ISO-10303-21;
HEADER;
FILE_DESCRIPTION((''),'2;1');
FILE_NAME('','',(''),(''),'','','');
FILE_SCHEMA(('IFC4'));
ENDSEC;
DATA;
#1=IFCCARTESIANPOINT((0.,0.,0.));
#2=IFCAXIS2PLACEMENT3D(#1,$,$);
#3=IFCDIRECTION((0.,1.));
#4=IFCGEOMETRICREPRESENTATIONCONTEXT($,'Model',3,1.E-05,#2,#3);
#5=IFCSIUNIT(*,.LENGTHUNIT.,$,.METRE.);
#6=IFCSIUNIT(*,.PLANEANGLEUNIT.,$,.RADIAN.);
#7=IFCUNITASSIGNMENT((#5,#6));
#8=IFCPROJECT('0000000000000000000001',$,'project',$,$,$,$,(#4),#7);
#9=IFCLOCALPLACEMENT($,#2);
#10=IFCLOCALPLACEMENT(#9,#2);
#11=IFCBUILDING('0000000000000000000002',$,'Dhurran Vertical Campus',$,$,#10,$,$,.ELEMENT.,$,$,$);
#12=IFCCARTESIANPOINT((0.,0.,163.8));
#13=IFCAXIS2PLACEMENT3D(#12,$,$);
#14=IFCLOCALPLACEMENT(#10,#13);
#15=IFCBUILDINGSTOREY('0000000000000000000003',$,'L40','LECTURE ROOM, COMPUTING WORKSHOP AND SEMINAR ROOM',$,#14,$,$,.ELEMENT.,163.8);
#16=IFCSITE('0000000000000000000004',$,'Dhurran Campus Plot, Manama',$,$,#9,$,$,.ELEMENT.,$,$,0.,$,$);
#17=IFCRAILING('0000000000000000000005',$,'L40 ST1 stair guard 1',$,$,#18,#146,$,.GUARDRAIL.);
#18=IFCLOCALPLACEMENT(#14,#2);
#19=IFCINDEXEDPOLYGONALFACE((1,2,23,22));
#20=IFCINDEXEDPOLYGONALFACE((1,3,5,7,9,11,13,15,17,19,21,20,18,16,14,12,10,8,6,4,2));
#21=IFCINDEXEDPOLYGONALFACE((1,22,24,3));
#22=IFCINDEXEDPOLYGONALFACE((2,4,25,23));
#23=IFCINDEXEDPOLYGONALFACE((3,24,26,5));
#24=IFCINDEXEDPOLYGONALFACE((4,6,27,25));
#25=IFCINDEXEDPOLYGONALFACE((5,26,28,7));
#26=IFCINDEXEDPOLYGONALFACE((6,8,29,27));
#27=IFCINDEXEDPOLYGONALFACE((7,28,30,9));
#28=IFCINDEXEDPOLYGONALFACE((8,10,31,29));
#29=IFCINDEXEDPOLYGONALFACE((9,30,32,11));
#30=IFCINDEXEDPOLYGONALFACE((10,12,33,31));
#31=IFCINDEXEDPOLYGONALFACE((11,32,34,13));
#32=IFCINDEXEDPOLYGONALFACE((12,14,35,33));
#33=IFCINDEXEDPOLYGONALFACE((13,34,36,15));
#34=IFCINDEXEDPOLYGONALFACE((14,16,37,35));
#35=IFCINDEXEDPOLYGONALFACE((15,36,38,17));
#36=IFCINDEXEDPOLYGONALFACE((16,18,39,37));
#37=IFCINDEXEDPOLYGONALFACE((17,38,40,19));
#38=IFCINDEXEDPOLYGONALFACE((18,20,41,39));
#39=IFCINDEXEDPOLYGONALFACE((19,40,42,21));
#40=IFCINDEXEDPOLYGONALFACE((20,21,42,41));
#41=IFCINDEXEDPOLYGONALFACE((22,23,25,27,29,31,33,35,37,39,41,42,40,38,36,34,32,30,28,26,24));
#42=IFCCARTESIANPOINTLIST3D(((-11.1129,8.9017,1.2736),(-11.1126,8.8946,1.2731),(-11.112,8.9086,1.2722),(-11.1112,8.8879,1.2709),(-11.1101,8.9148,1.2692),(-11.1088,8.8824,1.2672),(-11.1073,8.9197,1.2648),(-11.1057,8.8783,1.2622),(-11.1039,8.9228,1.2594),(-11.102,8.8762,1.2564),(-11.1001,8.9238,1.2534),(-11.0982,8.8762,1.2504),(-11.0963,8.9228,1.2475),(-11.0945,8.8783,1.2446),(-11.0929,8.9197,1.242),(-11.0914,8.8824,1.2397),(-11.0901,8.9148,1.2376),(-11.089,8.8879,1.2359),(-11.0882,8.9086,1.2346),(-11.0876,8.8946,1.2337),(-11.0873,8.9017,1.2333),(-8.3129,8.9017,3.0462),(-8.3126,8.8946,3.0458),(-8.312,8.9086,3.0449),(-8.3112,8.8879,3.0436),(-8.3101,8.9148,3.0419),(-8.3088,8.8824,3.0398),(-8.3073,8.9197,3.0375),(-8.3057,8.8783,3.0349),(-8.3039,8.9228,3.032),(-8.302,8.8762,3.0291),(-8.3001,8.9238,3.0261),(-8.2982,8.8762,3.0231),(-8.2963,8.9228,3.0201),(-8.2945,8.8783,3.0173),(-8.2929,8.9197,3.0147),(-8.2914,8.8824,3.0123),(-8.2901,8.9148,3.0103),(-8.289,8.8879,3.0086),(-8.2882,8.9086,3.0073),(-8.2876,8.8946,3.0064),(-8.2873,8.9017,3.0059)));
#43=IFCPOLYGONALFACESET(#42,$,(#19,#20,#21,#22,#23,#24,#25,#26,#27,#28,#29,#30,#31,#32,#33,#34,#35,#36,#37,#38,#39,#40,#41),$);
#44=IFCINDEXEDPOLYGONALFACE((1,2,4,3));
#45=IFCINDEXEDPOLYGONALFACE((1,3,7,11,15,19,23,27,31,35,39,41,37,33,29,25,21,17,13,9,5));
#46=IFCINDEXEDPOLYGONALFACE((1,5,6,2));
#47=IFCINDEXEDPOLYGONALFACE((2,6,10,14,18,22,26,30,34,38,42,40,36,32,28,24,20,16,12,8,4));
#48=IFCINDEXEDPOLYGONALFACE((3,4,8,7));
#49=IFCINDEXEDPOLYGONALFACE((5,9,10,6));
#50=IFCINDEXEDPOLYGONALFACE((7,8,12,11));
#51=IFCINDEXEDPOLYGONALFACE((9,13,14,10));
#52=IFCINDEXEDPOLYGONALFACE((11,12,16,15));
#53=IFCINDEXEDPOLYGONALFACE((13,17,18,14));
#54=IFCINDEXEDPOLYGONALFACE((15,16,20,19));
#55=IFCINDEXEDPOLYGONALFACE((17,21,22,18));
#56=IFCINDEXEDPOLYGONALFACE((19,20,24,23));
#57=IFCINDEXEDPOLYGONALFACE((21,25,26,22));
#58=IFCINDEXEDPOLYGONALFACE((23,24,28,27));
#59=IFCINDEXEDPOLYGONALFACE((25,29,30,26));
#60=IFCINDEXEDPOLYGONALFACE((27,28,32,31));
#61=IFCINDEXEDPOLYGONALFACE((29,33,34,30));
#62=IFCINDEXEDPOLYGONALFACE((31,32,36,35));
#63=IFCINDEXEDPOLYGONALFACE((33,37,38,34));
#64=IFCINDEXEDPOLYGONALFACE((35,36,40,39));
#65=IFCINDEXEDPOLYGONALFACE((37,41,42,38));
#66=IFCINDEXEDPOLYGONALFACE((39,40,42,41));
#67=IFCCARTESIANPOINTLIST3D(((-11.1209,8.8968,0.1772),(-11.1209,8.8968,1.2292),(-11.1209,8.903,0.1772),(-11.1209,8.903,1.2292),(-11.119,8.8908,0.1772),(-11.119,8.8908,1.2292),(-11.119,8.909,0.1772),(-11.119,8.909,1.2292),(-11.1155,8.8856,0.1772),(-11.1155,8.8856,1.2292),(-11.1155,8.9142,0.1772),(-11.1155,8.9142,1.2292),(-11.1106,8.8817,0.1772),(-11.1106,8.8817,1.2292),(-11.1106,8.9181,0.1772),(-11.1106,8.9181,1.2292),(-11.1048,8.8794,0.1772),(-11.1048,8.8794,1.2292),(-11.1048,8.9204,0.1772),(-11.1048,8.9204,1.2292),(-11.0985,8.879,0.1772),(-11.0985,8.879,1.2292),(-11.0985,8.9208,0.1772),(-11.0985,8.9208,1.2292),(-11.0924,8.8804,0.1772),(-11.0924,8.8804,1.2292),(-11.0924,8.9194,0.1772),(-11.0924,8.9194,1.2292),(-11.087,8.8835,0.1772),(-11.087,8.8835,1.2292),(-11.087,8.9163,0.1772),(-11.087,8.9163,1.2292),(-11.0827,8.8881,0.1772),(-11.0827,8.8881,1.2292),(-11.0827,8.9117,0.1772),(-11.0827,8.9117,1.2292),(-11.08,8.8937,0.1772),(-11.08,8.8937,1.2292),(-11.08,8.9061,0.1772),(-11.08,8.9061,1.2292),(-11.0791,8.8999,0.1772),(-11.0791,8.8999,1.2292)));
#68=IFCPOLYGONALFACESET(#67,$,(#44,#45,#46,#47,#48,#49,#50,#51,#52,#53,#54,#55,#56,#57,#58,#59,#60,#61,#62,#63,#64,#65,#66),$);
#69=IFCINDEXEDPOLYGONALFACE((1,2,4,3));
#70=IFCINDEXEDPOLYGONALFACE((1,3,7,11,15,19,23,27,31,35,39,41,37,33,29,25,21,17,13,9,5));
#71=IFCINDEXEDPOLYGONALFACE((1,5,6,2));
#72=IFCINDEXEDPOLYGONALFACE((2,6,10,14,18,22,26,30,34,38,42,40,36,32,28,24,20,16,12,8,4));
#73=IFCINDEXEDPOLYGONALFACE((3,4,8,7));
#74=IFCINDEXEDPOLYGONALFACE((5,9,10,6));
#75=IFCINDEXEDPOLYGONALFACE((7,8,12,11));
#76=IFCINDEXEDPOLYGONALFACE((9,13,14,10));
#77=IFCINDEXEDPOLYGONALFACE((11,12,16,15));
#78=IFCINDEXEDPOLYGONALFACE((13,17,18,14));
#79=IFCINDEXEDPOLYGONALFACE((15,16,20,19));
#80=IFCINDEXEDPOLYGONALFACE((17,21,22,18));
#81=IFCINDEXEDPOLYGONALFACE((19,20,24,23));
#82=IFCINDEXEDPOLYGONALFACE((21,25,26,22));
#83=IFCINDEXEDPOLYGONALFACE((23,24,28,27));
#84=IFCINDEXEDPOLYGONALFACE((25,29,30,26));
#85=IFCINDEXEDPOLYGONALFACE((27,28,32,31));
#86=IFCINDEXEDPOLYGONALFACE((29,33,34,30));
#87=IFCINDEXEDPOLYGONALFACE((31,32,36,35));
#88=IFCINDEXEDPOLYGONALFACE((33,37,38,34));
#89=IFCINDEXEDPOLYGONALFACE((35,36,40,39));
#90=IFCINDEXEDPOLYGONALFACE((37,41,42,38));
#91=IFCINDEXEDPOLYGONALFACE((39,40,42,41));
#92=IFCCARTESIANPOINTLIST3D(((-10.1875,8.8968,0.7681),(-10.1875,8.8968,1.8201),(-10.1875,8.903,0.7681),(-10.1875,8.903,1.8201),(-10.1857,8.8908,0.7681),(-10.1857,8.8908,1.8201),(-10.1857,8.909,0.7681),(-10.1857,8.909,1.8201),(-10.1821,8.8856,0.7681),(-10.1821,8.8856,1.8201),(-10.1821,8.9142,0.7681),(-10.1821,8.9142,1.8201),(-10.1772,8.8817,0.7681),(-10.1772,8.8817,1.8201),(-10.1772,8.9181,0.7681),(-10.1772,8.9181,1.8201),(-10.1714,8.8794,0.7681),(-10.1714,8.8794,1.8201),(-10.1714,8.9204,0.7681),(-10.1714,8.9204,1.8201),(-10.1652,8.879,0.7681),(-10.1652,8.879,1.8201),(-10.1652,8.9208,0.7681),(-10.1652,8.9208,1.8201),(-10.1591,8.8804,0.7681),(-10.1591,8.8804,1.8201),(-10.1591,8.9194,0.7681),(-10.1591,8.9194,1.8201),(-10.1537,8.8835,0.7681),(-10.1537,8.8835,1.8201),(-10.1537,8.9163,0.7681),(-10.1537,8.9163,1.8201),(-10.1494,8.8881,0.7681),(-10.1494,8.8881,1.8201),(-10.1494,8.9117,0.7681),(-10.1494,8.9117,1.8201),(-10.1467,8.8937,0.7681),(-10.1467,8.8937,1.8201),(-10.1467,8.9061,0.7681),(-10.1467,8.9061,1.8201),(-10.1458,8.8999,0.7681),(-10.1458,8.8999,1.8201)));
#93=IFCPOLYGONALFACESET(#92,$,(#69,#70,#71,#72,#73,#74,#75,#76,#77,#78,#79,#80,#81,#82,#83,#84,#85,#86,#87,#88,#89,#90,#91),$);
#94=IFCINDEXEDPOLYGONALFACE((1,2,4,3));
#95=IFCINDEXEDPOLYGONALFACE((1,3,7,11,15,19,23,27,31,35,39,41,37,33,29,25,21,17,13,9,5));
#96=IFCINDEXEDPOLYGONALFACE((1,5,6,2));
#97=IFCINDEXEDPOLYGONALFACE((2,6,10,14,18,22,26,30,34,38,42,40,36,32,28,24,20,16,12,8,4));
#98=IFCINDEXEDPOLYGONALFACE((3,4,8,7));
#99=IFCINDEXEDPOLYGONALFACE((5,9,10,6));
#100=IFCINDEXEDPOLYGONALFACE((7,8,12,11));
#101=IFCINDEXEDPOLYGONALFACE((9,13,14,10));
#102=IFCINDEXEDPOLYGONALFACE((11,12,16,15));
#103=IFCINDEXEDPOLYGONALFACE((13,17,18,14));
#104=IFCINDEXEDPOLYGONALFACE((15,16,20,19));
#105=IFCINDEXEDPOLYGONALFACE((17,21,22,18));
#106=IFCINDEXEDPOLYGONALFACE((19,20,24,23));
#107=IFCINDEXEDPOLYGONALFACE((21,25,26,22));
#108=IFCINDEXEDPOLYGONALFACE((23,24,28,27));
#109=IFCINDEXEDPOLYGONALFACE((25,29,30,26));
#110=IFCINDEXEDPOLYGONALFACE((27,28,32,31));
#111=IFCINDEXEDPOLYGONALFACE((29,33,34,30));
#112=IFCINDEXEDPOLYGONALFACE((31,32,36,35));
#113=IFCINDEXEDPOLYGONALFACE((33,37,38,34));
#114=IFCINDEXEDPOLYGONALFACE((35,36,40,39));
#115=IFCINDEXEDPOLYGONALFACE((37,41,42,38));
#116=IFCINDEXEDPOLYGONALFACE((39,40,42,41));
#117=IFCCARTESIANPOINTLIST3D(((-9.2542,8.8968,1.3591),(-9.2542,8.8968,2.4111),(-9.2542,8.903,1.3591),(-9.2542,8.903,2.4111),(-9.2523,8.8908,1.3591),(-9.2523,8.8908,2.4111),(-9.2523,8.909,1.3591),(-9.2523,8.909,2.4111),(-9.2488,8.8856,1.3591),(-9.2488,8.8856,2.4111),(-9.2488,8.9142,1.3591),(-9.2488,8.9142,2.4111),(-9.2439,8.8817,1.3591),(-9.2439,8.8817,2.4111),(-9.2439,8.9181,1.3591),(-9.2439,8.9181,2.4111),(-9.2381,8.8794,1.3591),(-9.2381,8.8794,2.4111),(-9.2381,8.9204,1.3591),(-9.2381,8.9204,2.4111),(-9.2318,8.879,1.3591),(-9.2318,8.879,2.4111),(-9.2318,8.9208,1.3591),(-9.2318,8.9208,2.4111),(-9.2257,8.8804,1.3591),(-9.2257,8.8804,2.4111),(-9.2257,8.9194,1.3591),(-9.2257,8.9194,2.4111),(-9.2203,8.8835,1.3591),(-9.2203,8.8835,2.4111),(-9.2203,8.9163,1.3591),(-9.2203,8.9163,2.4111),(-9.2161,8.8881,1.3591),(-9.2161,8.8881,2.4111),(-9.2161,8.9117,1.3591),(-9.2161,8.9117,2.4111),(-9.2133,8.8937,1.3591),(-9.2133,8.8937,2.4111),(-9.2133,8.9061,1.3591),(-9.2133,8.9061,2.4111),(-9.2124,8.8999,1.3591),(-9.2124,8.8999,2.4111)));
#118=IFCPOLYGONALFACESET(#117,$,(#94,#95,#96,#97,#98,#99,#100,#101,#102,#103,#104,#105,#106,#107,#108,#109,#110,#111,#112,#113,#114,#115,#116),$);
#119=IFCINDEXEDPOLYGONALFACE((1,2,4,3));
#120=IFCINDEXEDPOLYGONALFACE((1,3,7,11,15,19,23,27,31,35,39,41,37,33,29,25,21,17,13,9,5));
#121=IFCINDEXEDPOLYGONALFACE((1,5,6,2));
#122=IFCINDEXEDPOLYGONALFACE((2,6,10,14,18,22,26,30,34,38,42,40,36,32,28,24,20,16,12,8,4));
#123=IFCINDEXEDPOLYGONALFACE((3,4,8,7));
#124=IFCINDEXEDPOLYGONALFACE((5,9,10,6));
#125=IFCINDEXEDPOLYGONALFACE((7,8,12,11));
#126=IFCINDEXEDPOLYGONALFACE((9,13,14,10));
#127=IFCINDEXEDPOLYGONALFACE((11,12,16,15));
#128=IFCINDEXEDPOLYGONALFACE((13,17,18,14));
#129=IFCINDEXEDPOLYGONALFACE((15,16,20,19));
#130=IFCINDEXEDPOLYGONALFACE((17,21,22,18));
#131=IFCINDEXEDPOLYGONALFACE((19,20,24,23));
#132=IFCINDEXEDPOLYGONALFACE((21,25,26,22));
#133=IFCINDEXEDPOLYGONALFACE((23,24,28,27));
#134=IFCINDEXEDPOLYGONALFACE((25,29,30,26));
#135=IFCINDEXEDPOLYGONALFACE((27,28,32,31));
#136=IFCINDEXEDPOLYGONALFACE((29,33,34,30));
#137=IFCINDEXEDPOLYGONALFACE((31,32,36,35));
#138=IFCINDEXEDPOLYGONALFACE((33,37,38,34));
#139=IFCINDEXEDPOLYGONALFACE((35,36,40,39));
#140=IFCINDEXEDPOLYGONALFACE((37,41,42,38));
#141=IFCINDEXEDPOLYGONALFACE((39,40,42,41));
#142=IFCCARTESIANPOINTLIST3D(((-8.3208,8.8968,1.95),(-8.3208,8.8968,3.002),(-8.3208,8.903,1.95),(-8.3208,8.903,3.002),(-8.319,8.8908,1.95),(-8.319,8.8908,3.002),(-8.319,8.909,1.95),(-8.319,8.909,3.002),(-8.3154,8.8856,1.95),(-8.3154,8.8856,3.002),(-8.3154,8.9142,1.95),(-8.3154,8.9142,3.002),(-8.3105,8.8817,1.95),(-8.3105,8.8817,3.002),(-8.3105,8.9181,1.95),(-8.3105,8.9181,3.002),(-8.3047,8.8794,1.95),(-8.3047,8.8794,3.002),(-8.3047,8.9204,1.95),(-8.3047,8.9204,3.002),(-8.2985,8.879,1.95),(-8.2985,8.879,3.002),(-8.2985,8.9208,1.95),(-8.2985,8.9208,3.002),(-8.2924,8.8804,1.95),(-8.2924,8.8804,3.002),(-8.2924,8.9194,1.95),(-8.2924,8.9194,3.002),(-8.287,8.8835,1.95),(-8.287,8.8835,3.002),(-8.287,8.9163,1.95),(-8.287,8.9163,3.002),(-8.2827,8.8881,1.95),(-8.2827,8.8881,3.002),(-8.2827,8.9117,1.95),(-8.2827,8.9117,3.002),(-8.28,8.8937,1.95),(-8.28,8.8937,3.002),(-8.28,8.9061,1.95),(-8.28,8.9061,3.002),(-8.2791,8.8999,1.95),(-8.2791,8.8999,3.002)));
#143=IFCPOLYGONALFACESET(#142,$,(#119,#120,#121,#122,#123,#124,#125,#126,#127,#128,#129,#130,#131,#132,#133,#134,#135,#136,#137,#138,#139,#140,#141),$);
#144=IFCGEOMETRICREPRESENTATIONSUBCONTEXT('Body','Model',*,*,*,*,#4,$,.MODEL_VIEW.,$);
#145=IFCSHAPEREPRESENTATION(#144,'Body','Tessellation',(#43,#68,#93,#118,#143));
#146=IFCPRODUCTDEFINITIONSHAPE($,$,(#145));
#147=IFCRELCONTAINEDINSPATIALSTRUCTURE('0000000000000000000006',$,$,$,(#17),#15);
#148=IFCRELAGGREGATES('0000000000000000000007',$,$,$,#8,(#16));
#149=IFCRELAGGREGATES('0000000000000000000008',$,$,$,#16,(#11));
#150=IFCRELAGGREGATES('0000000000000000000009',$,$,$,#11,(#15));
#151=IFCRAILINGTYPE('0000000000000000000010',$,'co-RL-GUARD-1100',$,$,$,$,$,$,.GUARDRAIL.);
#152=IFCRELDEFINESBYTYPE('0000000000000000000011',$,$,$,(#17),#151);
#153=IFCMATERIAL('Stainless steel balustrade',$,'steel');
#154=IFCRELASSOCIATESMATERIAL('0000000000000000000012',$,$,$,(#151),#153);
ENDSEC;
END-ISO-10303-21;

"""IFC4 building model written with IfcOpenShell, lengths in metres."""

from ifc_helpers import new_model, si_unit, direction, frame, origin, origin_2d, place, context, subcontext, project, spatial, circle, extrude, material, type_object, element, save


model = new_model("IFC4")

# Units and contexts
model_context = context("Model", 3, precision=1e-05, world=origin(), true_north=direction((0.0, 1.0)))
body_context = subcontext(model_context, "Body", "Model", "MODEL_VIEW")
ifc_project = project(units=[si_unit("LENGTHUNIT", "METRE"), si_unit("PLANEANGLEUNIT", "RADIAN")], contexts=[model_context])

# Site, building, storey
site_placement = place(None, origin())
site = spatial("IfcSite", under=ifc_project, at=site_placement, Name="Dhurran Campus Plot, Manama", CompositionType="ELEMENT", RefElevation=0.0)
building_placement = place(site_placement, origin())
building = spatial("IfcBuilding", under=site, at=building_placement, Name="Dhurran Vertical Campus", CompositionType="ELEMENT")
storey_placement = place(building_placement, frame((0.0, 0.0, 163.8)))
storey = spatial("IfcBuildingStorey", under=building, at=storey_placement, Name="L40", Description="LECTURE ROOM, COMPUTING WORKSHOP AND SEMINAR ROOM", CompositionType="ELEMENT", Elevation=163.8)

# Railing
ifc_material_1 = material(Name="Stainless steel balustrade", Category="steel")
railing_type_1 = type_object("IfcRailingType", Name="co-RL-GUARD-1100", PredefinedType="GUARDRAIL", material=ifc_material_1)
railing_1_placement = place(storey_placement, frame((-11.1001, 8.8999, 0.1772)))
element("IfcRailing", 1, at=railing_1_placement, inside=storey, type_object=railing_type_1, Name="L40 ST1 stair guard 1", PredefinedType="GUARDRAIL", context=body_context, shape_type="SweptSolid", body=[
    extrude(circle(Radius=0.0239, at=origin_2d()), frame((0.0, 0.0, 1.0762), z_axis=(0.844909, 0.0, 0.53491), x_axis=(0.0, 1.0, 0.0)), (0.0, 0.0, 1.0), 3.314),
    extrude(circle(Radius=0.021, at=origin_2d()), origin(), (0.0, 0.0, 1.0), 1.052),
    extrude(circle(Radius=0.021, at=origin_2d()), frame((0.9333, 0.0, 0.5908)), (0.0, 0.0, 1.0), 1.052),
    extrude(circle(Radius=0.021, at=origin_2d()), frame((1.8667, 0.0, 1.1819)), (0.0, 0.0, 1.0), 1.052),
    extrude(circle(Radius=0.021, at=origin_2d()), frame((2.8, 0.0, 1.7727)), (0.0, 0.0, 1.0), 1.052),
])

save(model, "model.ifc")
